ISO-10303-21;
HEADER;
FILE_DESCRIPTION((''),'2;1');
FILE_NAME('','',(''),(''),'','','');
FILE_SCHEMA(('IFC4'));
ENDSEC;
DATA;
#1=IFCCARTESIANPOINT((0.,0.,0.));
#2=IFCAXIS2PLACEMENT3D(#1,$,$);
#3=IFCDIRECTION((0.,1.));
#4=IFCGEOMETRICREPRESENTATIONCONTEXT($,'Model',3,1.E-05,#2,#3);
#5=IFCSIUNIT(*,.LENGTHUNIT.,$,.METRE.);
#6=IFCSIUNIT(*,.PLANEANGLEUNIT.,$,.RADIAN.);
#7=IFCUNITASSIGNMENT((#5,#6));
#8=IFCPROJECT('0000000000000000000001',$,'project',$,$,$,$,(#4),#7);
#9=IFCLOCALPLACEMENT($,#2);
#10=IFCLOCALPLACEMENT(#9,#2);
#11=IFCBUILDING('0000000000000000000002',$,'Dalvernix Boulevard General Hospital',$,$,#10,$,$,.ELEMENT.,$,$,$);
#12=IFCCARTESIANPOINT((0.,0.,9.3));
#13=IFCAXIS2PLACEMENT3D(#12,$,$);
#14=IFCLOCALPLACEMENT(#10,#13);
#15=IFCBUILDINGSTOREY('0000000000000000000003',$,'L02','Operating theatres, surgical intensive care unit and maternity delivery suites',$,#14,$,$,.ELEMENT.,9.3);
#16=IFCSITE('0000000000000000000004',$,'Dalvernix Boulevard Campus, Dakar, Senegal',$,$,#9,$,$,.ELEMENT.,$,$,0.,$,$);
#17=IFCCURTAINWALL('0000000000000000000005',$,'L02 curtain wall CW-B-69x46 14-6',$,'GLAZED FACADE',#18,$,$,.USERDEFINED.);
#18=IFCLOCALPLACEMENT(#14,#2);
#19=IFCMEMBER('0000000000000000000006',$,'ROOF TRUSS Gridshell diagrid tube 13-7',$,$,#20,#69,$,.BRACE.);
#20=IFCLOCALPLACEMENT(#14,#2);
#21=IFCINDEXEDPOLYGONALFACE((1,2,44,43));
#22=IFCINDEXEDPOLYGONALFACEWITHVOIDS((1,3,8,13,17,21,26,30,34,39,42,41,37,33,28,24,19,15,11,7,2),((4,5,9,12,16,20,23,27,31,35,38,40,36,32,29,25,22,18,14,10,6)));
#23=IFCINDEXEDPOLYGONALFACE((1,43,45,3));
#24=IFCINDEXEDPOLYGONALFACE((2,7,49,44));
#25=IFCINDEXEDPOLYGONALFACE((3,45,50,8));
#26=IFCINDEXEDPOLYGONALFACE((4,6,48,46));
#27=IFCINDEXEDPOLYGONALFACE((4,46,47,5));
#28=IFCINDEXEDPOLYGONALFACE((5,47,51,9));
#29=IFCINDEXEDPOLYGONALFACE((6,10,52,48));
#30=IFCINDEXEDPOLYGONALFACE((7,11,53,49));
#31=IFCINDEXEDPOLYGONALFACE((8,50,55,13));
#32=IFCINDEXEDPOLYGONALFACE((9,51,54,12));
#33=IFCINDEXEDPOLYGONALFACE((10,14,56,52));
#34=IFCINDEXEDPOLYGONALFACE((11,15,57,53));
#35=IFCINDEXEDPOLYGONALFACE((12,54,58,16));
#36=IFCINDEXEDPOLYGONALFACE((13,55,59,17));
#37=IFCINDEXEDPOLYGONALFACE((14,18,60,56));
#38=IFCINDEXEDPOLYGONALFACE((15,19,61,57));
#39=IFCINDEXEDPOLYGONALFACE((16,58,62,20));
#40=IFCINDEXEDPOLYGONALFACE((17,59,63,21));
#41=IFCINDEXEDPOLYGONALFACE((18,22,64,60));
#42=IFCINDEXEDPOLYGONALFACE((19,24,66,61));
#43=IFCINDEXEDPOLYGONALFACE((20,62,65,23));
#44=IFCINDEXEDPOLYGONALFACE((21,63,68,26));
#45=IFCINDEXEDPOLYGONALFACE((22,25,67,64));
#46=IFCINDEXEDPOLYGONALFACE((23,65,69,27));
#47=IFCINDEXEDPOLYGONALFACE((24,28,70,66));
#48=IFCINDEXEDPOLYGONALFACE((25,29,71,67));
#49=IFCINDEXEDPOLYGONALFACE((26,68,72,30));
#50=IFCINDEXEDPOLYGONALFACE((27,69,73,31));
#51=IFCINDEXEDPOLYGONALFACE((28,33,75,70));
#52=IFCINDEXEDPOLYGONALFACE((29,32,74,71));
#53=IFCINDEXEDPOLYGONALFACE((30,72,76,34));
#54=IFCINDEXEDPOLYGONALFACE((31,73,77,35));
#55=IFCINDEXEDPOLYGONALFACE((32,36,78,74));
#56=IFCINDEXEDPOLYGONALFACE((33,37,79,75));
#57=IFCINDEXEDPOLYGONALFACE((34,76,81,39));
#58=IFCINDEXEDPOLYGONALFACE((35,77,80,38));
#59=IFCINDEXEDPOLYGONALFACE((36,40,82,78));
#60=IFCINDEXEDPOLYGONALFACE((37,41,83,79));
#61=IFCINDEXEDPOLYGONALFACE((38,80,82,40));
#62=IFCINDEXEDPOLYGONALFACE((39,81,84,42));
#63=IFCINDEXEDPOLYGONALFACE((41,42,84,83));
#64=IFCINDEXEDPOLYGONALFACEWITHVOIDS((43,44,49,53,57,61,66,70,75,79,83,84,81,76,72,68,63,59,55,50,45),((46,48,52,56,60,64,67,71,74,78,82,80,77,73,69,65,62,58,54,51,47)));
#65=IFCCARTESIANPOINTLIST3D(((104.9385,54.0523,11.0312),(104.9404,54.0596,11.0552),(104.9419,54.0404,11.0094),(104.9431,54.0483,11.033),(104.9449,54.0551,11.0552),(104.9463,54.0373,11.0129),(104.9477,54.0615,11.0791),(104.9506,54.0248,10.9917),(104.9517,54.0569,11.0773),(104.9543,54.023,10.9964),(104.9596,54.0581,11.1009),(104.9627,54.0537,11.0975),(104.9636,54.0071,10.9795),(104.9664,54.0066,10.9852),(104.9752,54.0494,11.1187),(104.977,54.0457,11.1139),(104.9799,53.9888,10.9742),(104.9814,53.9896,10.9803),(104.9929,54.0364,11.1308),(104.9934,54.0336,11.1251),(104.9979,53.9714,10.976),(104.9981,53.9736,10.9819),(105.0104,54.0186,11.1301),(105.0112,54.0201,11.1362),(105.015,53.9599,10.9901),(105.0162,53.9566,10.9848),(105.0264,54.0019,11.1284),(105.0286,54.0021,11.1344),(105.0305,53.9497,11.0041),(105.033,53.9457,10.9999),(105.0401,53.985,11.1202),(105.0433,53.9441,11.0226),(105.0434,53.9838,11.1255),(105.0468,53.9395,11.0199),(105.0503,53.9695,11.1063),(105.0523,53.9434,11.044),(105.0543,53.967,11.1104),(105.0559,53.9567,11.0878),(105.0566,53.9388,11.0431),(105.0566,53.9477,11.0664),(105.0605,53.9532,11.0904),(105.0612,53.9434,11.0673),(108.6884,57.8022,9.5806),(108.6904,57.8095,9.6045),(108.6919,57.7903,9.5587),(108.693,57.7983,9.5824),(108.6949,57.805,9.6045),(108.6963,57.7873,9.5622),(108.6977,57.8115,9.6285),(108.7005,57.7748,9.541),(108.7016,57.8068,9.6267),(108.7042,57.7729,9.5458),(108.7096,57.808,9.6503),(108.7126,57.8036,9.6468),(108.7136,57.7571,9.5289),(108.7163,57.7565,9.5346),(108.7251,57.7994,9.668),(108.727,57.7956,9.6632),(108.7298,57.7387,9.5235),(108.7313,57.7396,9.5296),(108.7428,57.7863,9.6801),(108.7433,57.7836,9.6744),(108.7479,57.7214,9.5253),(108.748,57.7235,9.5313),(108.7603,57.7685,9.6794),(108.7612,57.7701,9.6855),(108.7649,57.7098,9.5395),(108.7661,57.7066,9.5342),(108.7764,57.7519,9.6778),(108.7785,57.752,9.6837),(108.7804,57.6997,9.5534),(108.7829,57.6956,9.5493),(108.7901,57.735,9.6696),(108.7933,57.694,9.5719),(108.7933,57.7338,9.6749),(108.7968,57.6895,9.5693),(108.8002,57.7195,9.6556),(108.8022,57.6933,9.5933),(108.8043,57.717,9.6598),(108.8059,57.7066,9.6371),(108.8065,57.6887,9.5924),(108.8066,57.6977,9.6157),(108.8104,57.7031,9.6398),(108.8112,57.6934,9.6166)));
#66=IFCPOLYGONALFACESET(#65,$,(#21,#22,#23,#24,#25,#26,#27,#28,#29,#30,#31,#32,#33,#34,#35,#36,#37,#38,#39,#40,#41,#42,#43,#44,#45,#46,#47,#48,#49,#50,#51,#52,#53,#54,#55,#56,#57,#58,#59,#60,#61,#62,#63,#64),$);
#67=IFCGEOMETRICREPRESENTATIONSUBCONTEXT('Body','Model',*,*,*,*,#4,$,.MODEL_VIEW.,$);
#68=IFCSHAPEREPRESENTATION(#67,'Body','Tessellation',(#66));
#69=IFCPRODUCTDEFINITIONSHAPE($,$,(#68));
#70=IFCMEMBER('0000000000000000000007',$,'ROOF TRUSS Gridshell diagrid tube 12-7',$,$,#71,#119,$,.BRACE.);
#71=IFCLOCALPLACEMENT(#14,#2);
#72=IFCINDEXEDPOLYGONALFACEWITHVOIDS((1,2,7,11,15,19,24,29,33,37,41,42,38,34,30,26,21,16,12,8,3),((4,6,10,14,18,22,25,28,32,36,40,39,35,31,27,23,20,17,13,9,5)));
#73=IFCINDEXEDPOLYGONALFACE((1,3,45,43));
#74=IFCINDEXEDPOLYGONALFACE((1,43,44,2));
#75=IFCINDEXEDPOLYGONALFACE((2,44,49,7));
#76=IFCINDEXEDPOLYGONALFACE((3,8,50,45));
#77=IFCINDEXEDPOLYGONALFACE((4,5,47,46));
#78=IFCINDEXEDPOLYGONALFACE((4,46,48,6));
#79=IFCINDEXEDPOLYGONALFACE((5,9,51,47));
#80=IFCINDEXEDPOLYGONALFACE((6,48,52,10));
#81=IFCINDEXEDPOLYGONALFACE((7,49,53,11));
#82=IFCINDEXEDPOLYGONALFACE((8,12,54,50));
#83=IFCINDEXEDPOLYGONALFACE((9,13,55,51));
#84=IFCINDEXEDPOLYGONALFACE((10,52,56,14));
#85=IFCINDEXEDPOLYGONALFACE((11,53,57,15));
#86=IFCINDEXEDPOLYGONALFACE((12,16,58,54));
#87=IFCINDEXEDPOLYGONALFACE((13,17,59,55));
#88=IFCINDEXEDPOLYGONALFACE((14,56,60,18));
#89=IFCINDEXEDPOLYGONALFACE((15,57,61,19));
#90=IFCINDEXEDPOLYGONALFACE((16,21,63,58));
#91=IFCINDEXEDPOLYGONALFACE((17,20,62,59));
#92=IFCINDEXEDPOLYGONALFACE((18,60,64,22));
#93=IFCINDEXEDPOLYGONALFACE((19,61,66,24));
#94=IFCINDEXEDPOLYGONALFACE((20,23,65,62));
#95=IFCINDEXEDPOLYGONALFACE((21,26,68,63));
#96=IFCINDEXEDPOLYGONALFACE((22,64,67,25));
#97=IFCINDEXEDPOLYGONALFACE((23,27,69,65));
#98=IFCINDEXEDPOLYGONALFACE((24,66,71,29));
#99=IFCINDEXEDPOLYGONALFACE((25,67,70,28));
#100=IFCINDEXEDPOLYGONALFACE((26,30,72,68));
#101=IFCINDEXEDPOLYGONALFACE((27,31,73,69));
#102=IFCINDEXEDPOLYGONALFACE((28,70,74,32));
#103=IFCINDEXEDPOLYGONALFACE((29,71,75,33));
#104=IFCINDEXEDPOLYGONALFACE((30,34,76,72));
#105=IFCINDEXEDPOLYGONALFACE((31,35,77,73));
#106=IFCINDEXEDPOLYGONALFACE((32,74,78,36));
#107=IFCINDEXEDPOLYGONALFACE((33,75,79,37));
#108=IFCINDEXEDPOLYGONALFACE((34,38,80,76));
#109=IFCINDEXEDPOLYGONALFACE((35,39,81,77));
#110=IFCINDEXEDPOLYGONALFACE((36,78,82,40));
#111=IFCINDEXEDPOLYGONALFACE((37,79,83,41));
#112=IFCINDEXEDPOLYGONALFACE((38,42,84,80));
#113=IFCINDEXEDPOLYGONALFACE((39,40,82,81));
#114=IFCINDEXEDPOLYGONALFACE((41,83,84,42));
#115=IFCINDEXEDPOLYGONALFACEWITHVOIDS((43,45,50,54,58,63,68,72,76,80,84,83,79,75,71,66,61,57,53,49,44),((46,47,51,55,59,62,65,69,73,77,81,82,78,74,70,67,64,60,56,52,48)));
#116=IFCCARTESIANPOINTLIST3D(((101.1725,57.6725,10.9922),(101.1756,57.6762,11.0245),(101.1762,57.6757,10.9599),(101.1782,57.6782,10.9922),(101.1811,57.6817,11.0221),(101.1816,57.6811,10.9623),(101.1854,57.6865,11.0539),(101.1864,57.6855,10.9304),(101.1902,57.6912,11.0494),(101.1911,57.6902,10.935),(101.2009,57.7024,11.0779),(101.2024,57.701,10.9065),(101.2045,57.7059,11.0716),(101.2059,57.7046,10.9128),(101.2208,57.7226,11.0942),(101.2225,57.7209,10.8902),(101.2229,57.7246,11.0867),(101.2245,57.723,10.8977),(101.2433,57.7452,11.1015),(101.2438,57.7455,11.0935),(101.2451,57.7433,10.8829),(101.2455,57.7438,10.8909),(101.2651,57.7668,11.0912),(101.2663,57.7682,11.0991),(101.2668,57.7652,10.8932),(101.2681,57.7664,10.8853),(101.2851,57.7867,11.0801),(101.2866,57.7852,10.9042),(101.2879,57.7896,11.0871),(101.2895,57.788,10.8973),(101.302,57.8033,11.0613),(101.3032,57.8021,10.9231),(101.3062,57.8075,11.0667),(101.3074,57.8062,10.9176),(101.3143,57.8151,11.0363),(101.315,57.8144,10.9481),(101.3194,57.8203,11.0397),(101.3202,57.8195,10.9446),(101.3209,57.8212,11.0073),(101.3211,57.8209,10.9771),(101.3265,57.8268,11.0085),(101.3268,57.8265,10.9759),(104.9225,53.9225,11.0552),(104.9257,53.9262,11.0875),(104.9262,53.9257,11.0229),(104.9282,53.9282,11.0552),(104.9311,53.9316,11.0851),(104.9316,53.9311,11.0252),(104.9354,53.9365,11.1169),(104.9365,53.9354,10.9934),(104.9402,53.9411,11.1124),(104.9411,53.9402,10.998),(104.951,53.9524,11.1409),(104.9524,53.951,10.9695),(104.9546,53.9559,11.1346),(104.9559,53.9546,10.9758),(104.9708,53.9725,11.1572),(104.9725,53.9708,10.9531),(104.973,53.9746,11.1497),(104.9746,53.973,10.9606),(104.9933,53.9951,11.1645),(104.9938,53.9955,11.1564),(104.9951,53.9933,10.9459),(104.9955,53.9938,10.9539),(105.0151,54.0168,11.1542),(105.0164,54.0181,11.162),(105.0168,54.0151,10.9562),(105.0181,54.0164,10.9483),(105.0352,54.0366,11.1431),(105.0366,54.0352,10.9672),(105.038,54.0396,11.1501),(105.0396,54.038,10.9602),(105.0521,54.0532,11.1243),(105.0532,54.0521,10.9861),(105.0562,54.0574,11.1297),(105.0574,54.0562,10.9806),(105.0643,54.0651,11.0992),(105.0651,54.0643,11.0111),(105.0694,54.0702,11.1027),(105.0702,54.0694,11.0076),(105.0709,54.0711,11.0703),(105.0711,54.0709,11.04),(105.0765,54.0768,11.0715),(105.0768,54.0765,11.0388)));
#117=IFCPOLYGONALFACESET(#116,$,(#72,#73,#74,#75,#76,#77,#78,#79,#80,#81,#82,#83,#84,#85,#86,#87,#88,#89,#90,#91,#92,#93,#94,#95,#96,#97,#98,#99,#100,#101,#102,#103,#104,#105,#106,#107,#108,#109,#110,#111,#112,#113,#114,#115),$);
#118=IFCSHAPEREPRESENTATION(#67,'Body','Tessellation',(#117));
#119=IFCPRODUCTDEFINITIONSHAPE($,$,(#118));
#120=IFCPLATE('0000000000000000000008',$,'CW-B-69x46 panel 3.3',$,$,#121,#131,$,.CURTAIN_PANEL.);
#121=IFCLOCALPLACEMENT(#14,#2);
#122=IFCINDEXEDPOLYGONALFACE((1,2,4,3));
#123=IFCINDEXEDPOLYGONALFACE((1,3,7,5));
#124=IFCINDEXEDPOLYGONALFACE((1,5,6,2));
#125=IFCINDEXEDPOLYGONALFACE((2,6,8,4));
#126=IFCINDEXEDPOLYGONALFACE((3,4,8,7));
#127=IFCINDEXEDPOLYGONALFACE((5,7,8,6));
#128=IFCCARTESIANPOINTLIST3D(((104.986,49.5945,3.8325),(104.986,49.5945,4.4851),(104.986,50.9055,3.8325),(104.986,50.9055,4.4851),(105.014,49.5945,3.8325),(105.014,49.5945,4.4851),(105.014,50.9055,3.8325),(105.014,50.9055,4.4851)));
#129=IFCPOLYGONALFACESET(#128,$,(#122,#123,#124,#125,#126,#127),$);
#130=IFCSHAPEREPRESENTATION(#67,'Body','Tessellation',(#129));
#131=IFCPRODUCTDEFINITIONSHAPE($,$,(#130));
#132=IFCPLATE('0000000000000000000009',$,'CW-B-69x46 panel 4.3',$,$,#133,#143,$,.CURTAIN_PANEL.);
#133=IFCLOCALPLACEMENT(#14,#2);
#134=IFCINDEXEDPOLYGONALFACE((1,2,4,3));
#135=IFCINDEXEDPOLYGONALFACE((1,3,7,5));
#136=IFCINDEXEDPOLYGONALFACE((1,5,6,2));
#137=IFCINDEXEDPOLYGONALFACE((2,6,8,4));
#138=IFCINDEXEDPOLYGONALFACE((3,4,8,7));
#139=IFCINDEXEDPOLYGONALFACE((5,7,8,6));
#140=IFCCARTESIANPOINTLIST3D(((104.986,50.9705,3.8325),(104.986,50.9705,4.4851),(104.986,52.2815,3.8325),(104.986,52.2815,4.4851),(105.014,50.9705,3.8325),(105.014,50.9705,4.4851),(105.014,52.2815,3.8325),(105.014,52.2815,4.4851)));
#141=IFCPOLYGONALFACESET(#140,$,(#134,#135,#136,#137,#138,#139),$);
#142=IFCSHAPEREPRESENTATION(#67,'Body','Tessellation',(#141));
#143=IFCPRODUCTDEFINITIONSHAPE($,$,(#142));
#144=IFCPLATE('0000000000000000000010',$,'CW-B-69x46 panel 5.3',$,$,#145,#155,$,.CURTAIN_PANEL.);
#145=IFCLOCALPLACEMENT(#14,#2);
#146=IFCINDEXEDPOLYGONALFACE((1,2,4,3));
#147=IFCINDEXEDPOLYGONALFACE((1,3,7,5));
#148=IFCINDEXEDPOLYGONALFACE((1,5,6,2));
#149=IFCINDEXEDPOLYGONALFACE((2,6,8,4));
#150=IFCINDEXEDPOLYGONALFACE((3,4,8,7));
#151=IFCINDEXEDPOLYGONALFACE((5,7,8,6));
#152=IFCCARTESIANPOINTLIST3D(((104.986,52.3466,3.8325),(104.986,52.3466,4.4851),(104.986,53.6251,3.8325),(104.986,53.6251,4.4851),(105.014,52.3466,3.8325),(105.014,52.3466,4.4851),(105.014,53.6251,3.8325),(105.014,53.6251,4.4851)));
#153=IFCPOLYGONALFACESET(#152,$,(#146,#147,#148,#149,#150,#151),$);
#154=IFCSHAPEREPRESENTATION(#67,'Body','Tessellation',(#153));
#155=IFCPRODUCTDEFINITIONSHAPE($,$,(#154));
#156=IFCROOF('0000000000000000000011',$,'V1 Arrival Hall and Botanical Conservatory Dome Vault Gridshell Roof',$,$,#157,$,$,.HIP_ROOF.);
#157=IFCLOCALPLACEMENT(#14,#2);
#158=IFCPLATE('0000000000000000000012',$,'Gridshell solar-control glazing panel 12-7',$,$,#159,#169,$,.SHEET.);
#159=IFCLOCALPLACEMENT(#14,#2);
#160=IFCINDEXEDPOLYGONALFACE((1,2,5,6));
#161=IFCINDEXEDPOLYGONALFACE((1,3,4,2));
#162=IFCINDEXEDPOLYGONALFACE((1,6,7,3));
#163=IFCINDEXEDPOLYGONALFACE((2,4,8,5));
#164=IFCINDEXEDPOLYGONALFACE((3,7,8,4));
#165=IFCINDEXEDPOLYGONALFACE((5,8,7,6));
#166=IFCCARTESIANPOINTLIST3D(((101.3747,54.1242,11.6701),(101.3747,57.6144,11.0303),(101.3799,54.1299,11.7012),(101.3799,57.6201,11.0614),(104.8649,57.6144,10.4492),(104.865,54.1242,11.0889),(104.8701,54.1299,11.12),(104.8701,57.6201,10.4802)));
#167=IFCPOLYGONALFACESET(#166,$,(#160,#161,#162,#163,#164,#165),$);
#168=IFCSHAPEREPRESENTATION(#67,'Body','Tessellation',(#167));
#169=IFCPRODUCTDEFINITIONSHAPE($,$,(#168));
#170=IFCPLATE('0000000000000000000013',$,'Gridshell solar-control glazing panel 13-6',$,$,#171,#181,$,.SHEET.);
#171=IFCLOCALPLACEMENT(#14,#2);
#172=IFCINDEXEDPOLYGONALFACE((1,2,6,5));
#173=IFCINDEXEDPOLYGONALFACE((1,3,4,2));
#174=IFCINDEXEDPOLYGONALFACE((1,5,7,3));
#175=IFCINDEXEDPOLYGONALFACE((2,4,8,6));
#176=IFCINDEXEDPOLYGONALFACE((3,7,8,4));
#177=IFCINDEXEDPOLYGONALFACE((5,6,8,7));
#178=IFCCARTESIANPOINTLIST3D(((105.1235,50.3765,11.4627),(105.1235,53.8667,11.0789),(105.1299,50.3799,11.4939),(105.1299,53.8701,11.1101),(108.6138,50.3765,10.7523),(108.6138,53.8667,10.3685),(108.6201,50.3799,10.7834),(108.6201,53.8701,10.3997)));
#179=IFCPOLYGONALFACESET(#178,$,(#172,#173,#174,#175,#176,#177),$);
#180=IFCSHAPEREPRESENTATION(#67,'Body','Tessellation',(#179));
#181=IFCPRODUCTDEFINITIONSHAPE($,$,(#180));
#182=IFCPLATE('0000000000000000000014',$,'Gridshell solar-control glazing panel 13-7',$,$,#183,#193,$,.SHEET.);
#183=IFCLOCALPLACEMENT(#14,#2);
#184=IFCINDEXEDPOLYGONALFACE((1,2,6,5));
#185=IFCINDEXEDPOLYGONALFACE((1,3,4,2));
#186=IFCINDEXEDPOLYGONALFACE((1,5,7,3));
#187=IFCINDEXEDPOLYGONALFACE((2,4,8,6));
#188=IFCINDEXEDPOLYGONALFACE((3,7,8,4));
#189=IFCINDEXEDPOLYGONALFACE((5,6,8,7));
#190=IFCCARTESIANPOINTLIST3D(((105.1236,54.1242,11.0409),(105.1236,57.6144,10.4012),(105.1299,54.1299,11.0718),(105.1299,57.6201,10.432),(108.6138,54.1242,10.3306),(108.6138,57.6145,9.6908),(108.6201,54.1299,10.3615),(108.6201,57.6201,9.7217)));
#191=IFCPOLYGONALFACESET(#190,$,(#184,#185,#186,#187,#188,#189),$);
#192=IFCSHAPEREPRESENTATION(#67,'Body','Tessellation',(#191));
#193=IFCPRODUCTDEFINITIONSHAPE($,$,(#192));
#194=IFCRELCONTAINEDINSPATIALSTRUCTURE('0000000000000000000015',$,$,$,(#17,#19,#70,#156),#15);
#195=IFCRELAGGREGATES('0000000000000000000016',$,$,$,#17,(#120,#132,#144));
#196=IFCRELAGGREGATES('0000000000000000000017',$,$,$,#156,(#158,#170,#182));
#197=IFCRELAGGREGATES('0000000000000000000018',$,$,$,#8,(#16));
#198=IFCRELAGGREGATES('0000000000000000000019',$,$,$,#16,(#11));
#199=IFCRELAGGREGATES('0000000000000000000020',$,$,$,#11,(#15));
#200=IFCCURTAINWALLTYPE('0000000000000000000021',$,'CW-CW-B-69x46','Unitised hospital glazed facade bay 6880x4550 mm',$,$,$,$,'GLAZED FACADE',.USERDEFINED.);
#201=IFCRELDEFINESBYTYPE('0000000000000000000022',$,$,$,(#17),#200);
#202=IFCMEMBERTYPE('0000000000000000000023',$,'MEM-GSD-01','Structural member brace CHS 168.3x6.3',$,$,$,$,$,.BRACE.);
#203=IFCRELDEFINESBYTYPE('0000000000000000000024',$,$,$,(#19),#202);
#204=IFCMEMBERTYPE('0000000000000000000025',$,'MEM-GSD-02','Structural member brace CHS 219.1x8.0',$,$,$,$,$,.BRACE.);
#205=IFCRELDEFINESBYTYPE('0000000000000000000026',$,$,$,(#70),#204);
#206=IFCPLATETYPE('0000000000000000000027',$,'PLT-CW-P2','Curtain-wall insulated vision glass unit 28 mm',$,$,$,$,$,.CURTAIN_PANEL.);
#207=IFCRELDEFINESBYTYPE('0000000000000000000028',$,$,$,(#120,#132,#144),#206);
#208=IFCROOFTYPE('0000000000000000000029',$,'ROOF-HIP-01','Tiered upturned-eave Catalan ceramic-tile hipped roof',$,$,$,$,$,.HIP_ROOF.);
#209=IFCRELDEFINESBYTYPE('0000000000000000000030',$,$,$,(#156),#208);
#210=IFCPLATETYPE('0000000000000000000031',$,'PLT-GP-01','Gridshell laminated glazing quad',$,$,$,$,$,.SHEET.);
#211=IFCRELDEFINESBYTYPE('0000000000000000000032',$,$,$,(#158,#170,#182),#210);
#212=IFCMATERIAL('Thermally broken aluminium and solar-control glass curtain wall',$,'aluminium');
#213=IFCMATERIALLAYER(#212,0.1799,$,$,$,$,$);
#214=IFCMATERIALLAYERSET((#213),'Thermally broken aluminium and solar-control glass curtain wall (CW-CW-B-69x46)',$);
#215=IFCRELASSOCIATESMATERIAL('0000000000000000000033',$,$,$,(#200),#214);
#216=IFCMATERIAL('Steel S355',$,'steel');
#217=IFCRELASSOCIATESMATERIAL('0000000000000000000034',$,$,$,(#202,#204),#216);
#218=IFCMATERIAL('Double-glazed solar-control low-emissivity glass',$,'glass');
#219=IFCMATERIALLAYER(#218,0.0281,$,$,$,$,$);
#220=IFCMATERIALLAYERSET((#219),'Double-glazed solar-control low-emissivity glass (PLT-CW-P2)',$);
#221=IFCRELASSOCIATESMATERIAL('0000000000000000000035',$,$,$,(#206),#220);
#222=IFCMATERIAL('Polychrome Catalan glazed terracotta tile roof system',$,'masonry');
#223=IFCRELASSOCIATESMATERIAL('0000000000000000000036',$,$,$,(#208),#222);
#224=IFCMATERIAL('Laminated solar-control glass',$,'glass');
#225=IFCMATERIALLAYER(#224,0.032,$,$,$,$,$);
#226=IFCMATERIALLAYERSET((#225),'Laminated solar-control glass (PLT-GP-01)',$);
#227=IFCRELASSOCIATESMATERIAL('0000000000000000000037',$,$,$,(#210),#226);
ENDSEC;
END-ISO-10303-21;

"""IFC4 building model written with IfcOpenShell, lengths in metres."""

from ifc_helpers import new_model, si_unit, direction, frame, origin, origin_2d, place, context, subcontext, project, spatial, polyline, rectangle, hollow_circle, outline, extrude, material, layer, layer_set, material_profile, profile_set, type_object, element, aggregate, save


model = new_model("IFC4")

# Units and contexts
model_context = context("Model", 3, precision=1e-05, world=origin(), true_north=direction((0.0, 1.0)))
body_context = subcontext(model_context, "Body", "Model", "MODEL_VIEW")
ifc_project = project(units=[si_unit("LENGTHUNIT", "METRE"), si_unit("PLANEANGLEUNIT", "RADIAN")], contexts=[model_context])

# Site, building, storey
site_placement = place(None, origin())
site = spatial("IfcSite", under=ifc_project, at=site_placement, Name="Dalvernix Boulevard Campus, Dakar, Senegal", CompositionType="ELEMENT", RefElevation=0.0)
building_placement = place(site_placement, origin())
building = spatial("IfcBuilding", under=site, at=building_placement, Name="Dalvernix Boulevard General Hospital", CompositionType="ELEMENT")
storey_placement = place(building_placement, frame((0.0, 0.0, 9.3)))
storey = spatial("IfcBuildingStorey", under=building, at=storey_placement, Name="L02", Description="Operating theatres, surgical intensive care unit and maternity delivery suites", CompositionType="ELEMENT", Elevation=9.3)

# Shared definitions
ifc_material_1 = material(Name="Steel S355", Category="steel")

# Curtain wall
ifc_material_2 = material(Name="Thermally broken aluminium and solar-control glass curtain wall", Category="aluminium")
ifc_layer_1 = layer(ifc_material_2, 0.1799)
ifc_layer_set_1 = layer_set([ifc_layer_1], Name="Thermally broken aluminium and solar-control glass curtain wall (CW-CW-B-69x46)")
curtain_wall_type_1 = type_object("IfcCurtainWallType", Name="CW-CW-B-69x46", Description="Unitised hospital glazed facade bay 6880x4550 mm", ElementType="GLAZED FACADE", PredefinedType="USERDEFINED", material=ifc_layer_set_1)
curtain_wall_1_placement = place(storey_placement, origin())
curtain_wall_1 = element("IfcCurtainWall", 1, at=curtain_wall_1_placement, inside=storey, type_object=curtain_wall_type_1, Name="L02 curtain wall CW-B-69x46 14-6", ObjectType="GLAZED FACADE", PredefinedType="USERDEFINED")

# Members
ifc_material_profile_1 = material_profile(ifc_material_1, hollow_circle(Radius=0.0842, WallThickness=0.0063, at=origin_2d()), Name="CHS 168.3x6.3")
ifc_profile_set_1 = profile_set([ifc_material_profile_1], Name="Steel S355")
member_type_1 = type_object("IfcMemberType", Name="MEM-GSD-01", Description="Structural member brace CHS 168.3x6.3", PredefinedType="BRACE", material=ifc_profile_set_1)
member_1_placement = place(storey_placement, frame((105.0, 54.0, 11.0552), z_axis=(0.68205, 0.68205, -0.26385), x_axis=(-0.707107, 0.707107, 0.0)))
element("IfcMember", 2, at=member_1_placement, inside=storey, type_object=member_type_1, Name="ROOF TRUSS Gridshell diagrid tube 13-7", PredefinedType="BRACE", context=body_context, shape_type="SweptSolid", body=[
    extrude(hollow_circle(Radius=0.0842, WallThickness=0.0063, at=origin_2d()), origin(), (0.0, 0.0, 1.0), 5.498),
])
ifc_material_profile_2 = material_profile(ifc_material_1, hollow_circle(Radius=0.1096, WallThickness=0.0081, at=origin_2d()), Name="CHS 219.1x8.0")
ifc_profile_set_2 = profile_set([ifc_material_profile_2], Name="Steel S355")
member_type_2 = type_object("IfcMemberType", Name="MEM-GSD-02", Description="Structural member brace CHS 219.1x8.0", PredefinedType="BRACE", material=ifc_profile_set_2)
member_2_placement = place(storey_placement, frame((105.0, 54.0, 11.0552), z_axis=(-0.707057, 0.707057, -0.011876), x_axis=(-0.707107, -0.707107, 0.0)))
element("IfcMember", 3, at=member_2_placement, inside=storey, type_object=member_type_2, Name="ROOF TRUSS Gridshell diagrid tube 12-7", PredefinedType="BRACE", context=body_context, shape_type="SweptSolid", body=[
    extrude(hollow_circle(Radius=0.1096, WallThickness=0.0081, at=origin_2d()), origin(), (0.0, 0.0, 1.0), 5.3037),
])

# Plates
ifc_material_3 = material(Name="Double-glazed solar-control low-emissivity glass", Category="glass")
ifc_layer_2 = layer(ifc_material_3, 0.0281)
ifc_layer_set_2 = layer_set([ifc_layer_2], Name="Double-glazed solar-control low-emissivity glass (PLT-CW-P2)")
plate_type_1 = type_object("IfcPlateType", Name="PLT-CW-P2", Description="Curtain-wall insulated vision glass unit 28 mm", PredefinedType="CURTAIN_PANEL", material=ifc_layer_set_2)
plate_1_placement = place(storey_placement, frame((105.0, 50.25, 3.8325), z_axis=(0.0, 0.0, 1.0), x_axis=(0.0, 1.0, 0.0)))
plate_1 = element("IfcPlate", 4, at=plate_1_placement, type_object=plate_type_1, Name="CW-B-69x46 panel 3.3", PredefinedType="CURTAIN_PANEL", context=body_context, shape_type="SweptSolid", body=[
    extrude(rectangle(XDim=1.311, YDim=0.0281, at=origin_2d()), origin(), (0.0, 0.0, 1.0), 0.6526),
])
plate_2_placement = place(storey_placement, frame((105.0, 51.626, 3.8325), z_axis=(0.0, 0.0, 1.0), x_axis=(0.0, 1.0, 0.0)))
plate_2 = element("IfcPlate", 5, at=plate_2_placement, type_object=plate_type_1, Name="CW-B-69x46 panel 4.3", PredefinedType="CURTAIN_PANEL", context=body_context, shape_type="SweptSolid", body=[
    extrude(rectangle(XDim=1.311, YDim=0.0281, at=origin_2d()), origin(), (0.0, 0.0, 1.0), 0.6526),
])
plate_3_placement = place(storey_placement, frame((105.0, 52.9858, 3.8325), z_axis=(0.0, 0.0, 1.0), x_axis=(0.0, 1.0, 0.0)))
plate_3 = element("IfcPlate", 6, at=plate_3_placement, type_object=plate_type_1, Name="CW-B-69x46 panel 5.3", PredefinedType="CURTAIN_PANEL", context=body_context, shape_type="SweptSolid", body=[
    extrude(rectangle(XDim=1.2786, YDim=0.0281, at=origin_2d()), origin(), (0.0, 0.0, 1.0), 0.6526),
])
aggregate(curtain_wall_1, [plate_1, plate_2, plate_3])

# Roof, plates
ifc_material_4 = material(Name="Polychrome Catalan glazed terracotta tile roof system", Category="masonry")
roof_type = type_object("IfcRoofType", Name="ROOF-HIP-01", Description="Tiered upturned-eave Catalan ceramic-tile hipped roof", PredefinedType="HIP_ROOF", material=ifc_material_4)
roof_placement = place(storey_placement, origin())
roof = element("IfcRoof", 7, at=roof_placement, inside=storey, type_object=roof_type, Name="V1 Arrival Hall and Botanical Conservatory Dome Vault Gridshell Roof", PredefinedType="HIP_ROOF")
ifc_material_5 = material(Name="Laminated solar-control glass", Category="glass")
ifc_layer_3 = layer(ifc_material_5, 0.032)
ifc_layer_set_3 = layer_set([ifc_layer_3], Name="Laminated solar-control glass (PLT-GP-01)")
plate_type_2 = type_object("IfcPlateType", Name="PLT-GP-01", Description="Gridshell laminated glazing quad", PredefinedType="SHEET", material=ifc_layer_set_3)
plate_4_placement = place(storey_placement, frame((101.3799, 54.1299, 11.7012), z_axis=(0.161633, 0.177928, 0.970678), x_axis=(0.986418, 0.000006, -0.164255)))
plate_4 = element("IfcPlate", 8, at=plate_4_placement, type_object=plate_type_2, Name="Gridshell solar-control glazing panel 12-7", PredefinedType="SHEET", context=body_context, shape_type="SweptSolid", body=[
    extrude(outline(polyline([(0.0, 0.0), (3.5383, 0.0), (3.6434, 3.5468), (0.1051, 3.5469), (0.0, 0.0)])), origin(), (0.0, 0.0, -1.0), 0.032),
])
plate_5_placement = place(storey_placement, frame((105.1299, 50.3799, 11.4939), z_axis=(0.198315, 0.107131, 0.974266), x_axis=(0.979905, 0.0, -0.199463)))
plate_5 = element("IfcPlate", 9, at=plate_5_placement, type_object=plate_type_2, Name="Gridshell solar-control glazing panel 13-6", PredefinedType="SHEET", context=body_context, shape_type="SweptSolid", body=[
    extrude(outline(polyline([(0.0, 0.0), (3.5618, 0.0), (3.6384, 3.5104), (0.0766, 3.5104), (0.0, 0.0)])), origin(), (0.0, 0.0, -1.0), 0.032),
])
plate_6_placement = place(storey_placement, frame((105.1299, 54.1299, 11.0718), z_axis=(0.196289, 0.176792, 0.964477), x_axis=(0.979912, -0.000006, -0.199429)))
plate_6 = element("IfcPlate", 10, at=plate_6_placement, type_object=plate_type_2, Name="Gridshell solar-control glazing panel 13-7", PredefinedType="SHEET", context=body_context, shape_type="SweptSolid", body=[
    extrude(outline(polyline([(0.0, 0.0), (3.5618, 0.0), (3.6894, 3.5461), (0.1275, 3.5461), (0.0, 0.0)])), origin(), (0.0, 0.0, -1.0), 0.032),
])
aggregate(roof, [plate_4, plate_5, plate_6])

save(model, "model.ifc")
